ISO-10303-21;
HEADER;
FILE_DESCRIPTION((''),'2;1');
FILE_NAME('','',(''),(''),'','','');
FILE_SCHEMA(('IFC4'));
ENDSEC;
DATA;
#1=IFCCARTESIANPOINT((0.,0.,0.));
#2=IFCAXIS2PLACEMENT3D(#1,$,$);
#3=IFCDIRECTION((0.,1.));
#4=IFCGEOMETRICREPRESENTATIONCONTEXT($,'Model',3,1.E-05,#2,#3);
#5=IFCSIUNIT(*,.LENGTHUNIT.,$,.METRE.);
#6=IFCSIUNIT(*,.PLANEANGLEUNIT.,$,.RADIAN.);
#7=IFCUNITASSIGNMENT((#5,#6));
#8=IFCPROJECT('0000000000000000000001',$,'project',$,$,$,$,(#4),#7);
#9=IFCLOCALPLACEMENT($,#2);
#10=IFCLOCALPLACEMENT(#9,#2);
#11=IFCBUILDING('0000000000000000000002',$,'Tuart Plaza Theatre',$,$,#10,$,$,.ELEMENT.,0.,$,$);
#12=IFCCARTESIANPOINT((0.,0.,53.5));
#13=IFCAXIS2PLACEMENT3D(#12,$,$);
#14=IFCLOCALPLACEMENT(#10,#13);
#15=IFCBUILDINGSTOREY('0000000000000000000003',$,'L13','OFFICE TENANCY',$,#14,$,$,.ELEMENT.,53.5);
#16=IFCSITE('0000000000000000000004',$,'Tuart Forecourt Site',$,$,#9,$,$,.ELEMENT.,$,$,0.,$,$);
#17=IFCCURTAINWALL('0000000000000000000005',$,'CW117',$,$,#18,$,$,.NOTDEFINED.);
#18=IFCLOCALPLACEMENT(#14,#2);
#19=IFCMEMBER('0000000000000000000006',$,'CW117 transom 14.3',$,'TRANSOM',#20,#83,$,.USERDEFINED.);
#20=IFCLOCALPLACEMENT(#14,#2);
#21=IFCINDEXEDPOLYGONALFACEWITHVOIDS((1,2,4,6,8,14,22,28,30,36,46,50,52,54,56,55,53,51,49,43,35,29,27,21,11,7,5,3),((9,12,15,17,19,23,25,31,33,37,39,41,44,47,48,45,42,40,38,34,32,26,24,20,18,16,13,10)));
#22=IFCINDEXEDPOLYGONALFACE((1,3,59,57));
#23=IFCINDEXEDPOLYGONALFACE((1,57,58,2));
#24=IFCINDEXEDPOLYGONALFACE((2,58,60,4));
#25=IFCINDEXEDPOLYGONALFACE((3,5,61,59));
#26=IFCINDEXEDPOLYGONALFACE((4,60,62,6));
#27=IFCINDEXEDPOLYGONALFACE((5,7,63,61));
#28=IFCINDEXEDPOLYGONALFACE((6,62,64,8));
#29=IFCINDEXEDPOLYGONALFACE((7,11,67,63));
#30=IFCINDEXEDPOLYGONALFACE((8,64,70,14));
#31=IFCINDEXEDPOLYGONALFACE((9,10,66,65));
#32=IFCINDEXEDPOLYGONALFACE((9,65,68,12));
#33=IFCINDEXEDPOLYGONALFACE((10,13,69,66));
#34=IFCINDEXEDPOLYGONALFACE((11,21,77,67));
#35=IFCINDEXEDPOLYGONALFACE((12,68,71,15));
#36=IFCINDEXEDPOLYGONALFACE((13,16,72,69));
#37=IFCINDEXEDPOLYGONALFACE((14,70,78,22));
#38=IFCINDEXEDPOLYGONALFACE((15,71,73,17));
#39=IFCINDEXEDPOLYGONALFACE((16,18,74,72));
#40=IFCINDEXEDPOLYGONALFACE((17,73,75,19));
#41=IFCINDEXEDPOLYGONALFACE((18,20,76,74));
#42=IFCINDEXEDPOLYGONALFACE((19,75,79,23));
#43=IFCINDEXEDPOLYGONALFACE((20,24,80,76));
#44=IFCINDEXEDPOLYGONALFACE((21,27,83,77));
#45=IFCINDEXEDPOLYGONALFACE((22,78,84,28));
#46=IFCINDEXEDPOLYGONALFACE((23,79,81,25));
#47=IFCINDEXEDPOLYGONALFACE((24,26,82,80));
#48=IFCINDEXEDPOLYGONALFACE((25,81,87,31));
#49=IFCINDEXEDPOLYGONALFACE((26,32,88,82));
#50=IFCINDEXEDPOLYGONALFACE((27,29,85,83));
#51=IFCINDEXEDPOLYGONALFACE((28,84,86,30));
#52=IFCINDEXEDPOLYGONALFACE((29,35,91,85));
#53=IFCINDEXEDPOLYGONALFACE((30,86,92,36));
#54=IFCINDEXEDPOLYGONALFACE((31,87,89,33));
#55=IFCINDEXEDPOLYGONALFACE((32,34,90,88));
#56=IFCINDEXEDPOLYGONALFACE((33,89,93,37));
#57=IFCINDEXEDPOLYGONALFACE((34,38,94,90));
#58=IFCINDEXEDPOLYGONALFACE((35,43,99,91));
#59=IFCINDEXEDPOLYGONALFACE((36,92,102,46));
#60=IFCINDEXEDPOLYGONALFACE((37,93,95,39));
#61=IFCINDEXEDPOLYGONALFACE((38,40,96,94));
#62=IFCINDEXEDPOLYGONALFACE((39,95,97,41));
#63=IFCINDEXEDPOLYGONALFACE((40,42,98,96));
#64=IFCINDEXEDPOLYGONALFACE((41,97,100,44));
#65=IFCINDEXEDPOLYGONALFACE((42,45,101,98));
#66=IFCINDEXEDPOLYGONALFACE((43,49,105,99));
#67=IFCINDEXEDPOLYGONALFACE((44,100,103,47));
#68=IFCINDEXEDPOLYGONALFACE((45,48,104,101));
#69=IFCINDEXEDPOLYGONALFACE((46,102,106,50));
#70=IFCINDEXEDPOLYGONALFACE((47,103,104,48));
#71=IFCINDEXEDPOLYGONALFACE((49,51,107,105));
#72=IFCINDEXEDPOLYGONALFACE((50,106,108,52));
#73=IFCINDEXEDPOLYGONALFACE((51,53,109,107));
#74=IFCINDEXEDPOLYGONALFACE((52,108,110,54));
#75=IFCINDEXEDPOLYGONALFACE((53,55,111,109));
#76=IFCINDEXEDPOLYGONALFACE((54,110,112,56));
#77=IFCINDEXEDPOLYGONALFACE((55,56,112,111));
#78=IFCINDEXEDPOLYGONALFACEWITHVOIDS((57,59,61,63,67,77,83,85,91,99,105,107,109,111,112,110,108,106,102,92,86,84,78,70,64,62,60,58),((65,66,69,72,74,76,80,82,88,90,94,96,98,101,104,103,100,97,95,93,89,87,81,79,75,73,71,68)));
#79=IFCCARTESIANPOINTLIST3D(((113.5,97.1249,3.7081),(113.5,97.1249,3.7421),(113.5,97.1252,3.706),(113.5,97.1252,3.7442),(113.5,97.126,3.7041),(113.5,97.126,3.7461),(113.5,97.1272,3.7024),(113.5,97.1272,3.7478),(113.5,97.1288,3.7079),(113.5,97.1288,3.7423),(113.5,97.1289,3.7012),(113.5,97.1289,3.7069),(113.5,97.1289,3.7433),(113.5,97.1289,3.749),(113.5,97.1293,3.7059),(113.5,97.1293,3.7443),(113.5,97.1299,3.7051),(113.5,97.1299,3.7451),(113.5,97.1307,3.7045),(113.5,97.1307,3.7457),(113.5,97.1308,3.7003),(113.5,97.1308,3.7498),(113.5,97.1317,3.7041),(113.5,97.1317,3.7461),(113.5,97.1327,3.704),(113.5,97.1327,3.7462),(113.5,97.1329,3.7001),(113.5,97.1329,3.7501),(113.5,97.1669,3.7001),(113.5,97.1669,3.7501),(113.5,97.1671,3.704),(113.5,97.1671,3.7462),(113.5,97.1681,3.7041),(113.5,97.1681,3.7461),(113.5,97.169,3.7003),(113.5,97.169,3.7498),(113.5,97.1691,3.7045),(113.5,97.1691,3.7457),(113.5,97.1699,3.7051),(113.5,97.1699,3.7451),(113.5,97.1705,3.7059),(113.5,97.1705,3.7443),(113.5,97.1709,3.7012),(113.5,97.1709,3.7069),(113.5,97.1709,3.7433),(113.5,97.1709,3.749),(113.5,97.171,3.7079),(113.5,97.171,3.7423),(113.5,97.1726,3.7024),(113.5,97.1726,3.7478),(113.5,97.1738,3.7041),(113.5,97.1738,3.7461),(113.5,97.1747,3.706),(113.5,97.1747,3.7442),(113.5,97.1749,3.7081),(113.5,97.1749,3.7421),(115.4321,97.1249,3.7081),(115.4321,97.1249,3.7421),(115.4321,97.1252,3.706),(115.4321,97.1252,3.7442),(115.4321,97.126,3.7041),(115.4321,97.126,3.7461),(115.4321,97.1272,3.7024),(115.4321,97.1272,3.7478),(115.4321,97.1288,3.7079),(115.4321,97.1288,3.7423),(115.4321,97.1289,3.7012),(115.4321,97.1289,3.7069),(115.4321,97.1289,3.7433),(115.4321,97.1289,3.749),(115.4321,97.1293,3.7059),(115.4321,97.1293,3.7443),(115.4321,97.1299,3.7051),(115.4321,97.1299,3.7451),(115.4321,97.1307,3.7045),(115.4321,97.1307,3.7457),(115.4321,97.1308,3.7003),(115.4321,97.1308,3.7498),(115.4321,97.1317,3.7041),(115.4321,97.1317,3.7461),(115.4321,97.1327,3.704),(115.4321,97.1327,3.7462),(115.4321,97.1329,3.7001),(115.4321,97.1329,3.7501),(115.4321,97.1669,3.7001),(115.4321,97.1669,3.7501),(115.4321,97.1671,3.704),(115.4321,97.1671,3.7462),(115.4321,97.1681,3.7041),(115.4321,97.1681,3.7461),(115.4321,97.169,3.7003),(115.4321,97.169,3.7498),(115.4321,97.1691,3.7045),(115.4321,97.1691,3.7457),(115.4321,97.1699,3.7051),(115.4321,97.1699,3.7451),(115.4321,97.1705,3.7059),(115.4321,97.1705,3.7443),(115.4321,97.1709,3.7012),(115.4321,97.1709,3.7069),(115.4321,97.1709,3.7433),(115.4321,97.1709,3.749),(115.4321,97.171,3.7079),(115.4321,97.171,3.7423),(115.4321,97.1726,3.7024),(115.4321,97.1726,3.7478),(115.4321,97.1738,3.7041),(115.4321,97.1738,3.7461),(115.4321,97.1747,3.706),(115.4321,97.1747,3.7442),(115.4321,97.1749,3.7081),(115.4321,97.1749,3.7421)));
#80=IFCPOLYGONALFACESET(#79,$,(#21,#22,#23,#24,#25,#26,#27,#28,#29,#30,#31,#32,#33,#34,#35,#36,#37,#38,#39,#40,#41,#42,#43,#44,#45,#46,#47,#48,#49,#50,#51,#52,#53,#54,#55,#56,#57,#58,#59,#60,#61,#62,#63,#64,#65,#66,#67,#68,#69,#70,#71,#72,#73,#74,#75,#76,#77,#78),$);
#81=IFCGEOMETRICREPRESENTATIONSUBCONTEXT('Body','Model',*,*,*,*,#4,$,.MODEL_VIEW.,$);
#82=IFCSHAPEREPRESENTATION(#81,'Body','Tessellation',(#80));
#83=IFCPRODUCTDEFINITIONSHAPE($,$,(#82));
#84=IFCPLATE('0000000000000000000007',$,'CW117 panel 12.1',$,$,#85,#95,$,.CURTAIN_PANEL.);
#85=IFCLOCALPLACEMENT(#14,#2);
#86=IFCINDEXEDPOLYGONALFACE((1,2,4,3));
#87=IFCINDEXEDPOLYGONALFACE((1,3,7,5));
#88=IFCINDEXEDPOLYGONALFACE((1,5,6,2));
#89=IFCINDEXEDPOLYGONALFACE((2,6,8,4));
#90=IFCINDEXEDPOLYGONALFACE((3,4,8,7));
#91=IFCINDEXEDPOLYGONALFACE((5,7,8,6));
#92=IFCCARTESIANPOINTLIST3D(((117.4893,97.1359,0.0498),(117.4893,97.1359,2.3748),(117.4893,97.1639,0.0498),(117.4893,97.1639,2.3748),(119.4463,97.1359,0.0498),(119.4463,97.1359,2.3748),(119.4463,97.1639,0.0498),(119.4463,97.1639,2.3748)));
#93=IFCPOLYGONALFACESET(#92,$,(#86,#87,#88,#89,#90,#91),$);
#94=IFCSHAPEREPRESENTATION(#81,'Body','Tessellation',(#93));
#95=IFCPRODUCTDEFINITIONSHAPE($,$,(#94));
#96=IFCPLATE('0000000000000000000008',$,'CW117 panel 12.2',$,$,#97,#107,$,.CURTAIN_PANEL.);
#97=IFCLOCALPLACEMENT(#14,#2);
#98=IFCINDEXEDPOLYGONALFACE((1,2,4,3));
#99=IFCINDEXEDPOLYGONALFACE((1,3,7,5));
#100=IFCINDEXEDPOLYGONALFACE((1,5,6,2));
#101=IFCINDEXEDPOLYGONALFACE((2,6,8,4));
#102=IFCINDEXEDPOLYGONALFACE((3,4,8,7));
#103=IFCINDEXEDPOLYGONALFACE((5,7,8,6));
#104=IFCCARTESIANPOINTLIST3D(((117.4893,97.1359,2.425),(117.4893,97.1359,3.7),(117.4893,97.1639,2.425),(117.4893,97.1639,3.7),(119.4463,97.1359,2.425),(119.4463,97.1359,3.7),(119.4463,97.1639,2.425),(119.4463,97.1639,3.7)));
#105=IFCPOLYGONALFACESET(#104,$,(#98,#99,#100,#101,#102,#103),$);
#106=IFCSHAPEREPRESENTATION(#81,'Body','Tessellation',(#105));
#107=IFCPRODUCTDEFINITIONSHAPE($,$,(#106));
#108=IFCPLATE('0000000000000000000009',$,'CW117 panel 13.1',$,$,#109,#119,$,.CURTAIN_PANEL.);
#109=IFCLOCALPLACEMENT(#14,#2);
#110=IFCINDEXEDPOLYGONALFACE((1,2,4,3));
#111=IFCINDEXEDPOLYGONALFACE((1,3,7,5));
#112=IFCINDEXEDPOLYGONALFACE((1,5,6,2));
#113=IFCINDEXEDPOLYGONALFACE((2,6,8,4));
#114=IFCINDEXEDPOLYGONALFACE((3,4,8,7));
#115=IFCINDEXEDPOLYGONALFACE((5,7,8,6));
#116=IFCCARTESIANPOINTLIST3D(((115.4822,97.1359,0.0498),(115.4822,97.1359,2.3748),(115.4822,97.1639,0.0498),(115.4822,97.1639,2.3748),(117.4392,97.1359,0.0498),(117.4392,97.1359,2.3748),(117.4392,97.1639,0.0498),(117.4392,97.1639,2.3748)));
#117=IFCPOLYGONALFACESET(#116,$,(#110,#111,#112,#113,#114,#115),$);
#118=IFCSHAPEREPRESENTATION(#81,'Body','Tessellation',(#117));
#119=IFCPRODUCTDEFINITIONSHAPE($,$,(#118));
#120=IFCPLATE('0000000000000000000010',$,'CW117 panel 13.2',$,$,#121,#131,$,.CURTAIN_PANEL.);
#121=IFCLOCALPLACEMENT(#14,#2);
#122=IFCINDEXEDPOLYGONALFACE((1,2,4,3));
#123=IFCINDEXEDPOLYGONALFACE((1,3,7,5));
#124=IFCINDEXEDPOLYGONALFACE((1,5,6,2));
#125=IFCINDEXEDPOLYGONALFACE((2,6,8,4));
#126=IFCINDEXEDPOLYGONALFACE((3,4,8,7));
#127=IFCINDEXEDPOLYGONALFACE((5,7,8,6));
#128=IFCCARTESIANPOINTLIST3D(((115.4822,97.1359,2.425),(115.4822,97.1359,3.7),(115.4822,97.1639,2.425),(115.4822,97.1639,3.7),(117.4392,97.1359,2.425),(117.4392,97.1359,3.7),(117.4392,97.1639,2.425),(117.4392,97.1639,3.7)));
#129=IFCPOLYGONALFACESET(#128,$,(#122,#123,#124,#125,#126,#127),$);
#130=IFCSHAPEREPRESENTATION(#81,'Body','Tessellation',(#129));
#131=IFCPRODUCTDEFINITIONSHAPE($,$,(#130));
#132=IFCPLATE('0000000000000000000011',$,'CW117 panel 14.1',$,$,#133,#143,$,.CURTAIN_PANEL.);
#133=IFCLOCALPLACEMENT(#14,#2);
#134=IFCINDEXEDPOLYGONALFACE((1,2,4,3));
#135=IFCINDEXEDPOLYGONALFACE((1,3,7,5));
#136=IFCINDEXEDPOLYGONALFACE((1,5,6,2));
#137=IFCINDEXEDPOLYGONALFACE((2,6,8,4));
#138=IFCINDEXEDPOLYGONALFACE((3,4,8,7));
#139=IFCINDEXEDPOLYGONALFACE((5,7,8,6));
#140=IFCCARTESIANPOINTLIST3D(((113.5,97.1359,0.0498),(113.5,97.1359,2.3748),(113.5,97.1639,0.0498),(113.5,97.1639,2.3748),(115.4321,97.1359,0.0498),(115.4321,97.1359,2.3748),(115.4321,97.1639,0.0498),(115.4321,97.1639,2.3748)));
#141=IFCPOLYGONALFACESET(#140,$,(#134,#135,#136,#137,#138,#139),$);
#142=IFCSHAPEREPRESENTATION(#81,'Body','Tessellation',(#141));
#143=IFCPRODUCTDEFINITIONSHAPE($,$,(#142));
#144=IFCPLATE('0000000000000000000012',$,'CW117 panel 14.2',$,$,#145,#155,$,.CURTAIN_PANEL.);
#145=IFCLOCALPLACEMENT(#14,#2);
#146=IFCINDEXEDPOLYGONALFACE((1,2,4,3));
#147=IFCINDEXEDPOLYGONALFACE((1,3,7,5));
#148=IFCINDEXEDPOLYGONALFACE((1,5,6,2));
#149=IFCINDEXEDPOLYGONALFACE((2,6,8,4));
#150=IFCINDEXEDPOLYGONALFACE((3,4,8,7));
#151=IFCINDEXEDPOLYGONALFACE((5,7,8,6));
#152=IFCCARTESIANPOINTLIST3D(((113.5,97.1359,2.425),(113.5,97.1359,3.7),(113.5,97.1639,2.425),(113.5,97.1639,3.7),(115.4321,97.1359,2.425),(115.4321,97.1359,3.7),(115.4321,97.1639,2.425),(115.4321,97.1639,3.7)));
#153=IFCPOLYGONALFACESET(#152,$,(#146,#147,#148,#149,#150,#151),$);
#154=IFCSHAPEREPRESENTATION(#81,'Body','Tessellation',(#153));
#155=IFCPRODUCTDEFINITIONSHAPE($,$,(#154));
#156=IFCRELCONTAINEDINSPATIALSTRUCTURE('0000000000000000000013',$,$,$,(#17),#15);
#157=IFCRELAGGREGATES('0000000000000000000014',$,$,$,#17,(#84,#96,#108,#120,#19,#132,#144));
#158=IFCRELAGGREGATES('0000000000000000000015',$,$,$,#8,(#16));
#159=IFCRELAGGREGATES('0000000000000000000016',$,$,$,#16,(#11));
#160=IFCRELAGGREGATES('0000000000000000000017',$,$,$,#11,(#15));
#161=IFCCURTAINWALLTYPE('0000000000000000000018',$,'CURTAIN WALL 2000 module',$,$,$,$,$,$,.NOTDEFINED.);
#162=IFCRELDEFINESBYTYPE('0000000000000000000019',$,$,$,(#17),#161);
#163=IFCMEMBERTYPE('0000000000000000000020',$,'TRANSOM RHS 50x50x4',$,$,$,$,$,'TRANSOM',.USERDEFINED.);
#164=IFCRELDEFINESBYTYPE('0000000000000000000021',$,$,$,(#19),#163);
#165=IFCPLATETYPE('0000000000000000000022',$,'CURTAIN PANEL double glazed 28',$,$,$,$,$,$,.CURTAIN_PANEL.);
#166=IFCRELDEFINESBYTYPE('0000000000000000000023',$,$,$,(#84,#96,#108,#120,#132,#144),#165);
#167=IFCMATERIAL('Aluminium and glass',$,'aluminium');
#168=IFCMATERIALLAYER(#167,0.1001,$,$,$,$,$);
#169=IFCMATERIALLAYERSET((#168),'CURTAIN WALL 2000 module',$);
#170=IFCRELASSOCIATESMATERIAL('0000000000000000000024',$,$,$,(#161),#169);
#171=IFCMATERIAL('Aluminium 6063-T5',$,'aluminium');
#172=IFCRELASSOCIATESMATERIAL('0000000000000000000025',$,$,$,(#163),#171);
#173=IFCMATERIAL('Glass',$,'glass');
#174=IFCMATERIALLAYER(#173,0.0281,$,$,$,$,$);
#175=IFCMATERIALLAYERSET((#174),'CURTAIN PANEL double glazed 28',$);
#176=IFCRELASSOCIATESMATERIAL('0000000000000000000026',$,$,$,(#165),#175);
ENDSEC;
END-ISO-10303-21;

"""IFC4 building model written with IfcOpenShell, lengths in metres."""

from ifc_helpers import new_model, si_unit, direction, frame, origin, origin_2d, place, context, subcontext, project, spatial, rectangle, hollow_rectangle, extrude, material, layer, layer_set, material_profile, profile_set, type_object, element, aggregate, save


model = new_model("IFC4")

# Units and contexts
model_context = context("Model", 3, precision=1e-05, world=origin(), true_north=direction((0.0, 1.0)))
body_context = subcontext(model_context, "Body", "Model", "MODEL_VIEW")
ifc_project = project(units=[si_unit("LENGTHUNIT", "METRE"), si_unit("PLANEANGLEUNIT", "RADIAN")], contexts=[model_context])

# Site, building, storey
site_placement = place(None, origin())
site = spatial("IfcSite", under=ifc_project, at=site_placement, Name="Tuart Forecourt Site", CompositionType="ELEMENT", RefElevation=0.0)
building_placement = place(site_placement, origin())
building = spatial("IfcBuilding", under=site, at=building_placement, Name="Tuart Plaza Theatre", CompositionType="ELEMENT", ElevationOfRefHeight=0.0)
storey_placement = place(building_placement, frame((0.0, 0.0, 53.5)))
storey = spatial("IfcBuildingStorey", under=building, at=storey_placement, Name="L13", Description="OFFICE TENANCY", CompositionType="ELEMENT", Elevation=53.5)

# Curtain wall, member, plates
ifc_material_1 = material(Name="Aluminium and glass", Category="aluminium")
ifc_layer_1 = layer(ifc_material_1, 0.1001)
ifc_layer_set_1 = layer_set([ifc_layer_1], Name="CURTAIN WALL 2000 module")
curtain_wall_type = type_object("IfcCurtainWallType", Name="CURTAIN WALL 2000 module", PredefinedType="NOTDEFINED", material=ifc_layer_set_1)
curtain_wall_placement = place(storey_placement, origin())
curtain_wall = element("IfcCurtainWall", 1, at=curtain_wall_placement, inside=storey, type_object=curtain_wall_type, Name="CW117", PredefinedType="NOTDEFINED")
ifc_material_2 = material(Name="Aluminium 6063-T5", Category="aluminium")
ifc_material_profile_1 = material_profile(ifc_material_2, hollow_rectangle(XDim=0.05, YDim=0.05, WallThickness=0.0039, InnerFilletRadius=0.0039, OuterFilletRadius=0.0081, at=origin_2d()), Name="RHS 50x50x4")
ifc_profile_set_1 = profile_set([ifc_material_profile_1], Name="Aluminium 6063-T5")
member_type_1 = type_object("IfcMemberType", Name="TRANSOM RHS 50x50x4", ElementType="TRANSOM", PredefinedType="USERDEFINED", material=ifc_profile_set_1)
member_1_placement = place(storey_placement, frame((115.4321, 97.1499, 3.7251), z_axis=(-1.0, 0.0, 0.0), x_axis=(0.0, -1.0, 0.0)))
member_1 = element("IfcMember", 2, at=member_1_placement, type_object=member_type_1, Name="CW117 transom 14.3", ObjectType="TRANSOM", PredefinedType="USERDEFINED", context=body_context, shape_type="SweptSolid", body=[
    extrude(hollow_rectangle(XDim=0.05, YDim=0.05, WallThickness=0.0039, InnerFilletRadius=0.0039, OuterFilletRadius=0.0081, at=origin_2d()), origin(), (0.0, 0.0, 1.0), 1.9321),
])
ifc_material_3 = material(Name="Glass", Category="glass")
ifc_layer_2 = layer(ifc_material_3, 0.0281)
ifc_layer_set_2 = layer_set([ifc_layer_2], Name="CURTAIN PANEL double glazed 28")
plate_type = type_object("IfcPlateType", Name="CURTAIN PANEL double glazed 28", PredefinedType="CURTAIN_PANEL", material=ifc_layer_set_2)
plate_1_placement = place(storey_placement, frame((118.4678, 97.1499, 0.0498), z_axis=(0.0, 0.0, 1.0), x_axis=(-1.0, 0.0, 0.0)))
plate_1 = element("IfcPlate", 3, at=plate_1_placement, type_object=plate_type, Name="CW117 panel 12.1", PredefinedType="CURTAIN_PANEL", context=body_context, shape_type="SweptSolid", body=[
    extrude(rectangle(XDim=1.957, YDim=0.0281, at=origin_2d()), origin(), (0.0, 0.0, 1.0), 2.325),
])
plate_2_placement = place(storey_placement, frame((118.4678, 97.1499, 2.425), z_axis=(0.0, 0.0, 1.0), x_axis=(-1.0, 0.0, 0.0)))
plate_2 = element("IfcPlate", 4, at=plate_2_placement, type_object=plate_type, Name="CW117 panel 12.2", PredefinedType="CURTAIN_PANEL", context=body_context, shape_type="SweptSolid", body=[
    extrude(rectangle(XDim=1.957, YDim=0.0281, at=origin_2d()), origin(), (0.0, 0.0, 1.0), 1.2749),
])
plate_3_placement = place(storey_placement, frame((116.4607, 97.1499, 0.0498), z_axis=(0.0, 0.0, 1.0), x_axis=(-1.0, 0.0, 0.0)))
plate_3 = element("IfcPlate", 5, at=plate_3_placement, type_object=plate_type, Name="CW117 panel 13.1", PredefinedType="CURTAIN_PANEL", context=body_context, shape_type="SweptSolid", body=[
    extrude(rectangle(XDim=1.957, YDim=0.0281, at=origin_2d()), origin(), (0.0, 0.0, 1.0), 2.325),
])
plate_4_placement = place(storey_placement, frame((116.4607, 97.1499, 2.425), z_axis=(0.0, 0.0, 1.0), x_axis=(-1.0, 0.0, 0.0)))
plate_4 = element("IfcPlate", 6, at=plate_4_placement, type_object=plate_type, Name="CW117 panel 13.2", PredefinedType="CURTAIN_PANEL", context=body_context, shape_type="SweptSolid", body=[
    extrude(rectangle(XDim=1.957, YDim=0.0281, at=origin_2d()), origin(), (0.0, 0.0, 1.0), 1.2749),
])
plate_5_placement = place(storey_placement, frame((114.4661, 97.1499, 0.0498), z_axis=(0.0, 0.0, 1.0), x_axis=(-1.0, 0.0, 0.0)))
plate_5 = element("IfcPlate", 7, at=plate_5_placement, type_object=plate_type, Name="CW117 panel 14.1", PredefinedType="CURTAIN_PANEL", context=body_context, shape_type="SweptSolid", body=[
    extrude(rectangle(XDim=1.9321, YDim=0.0281, at=origin_2d()), origin(), (0.0, 0.0, 1.0), 2.325),
])
plate_6_placement = place(storey_placement, frame((114.4661, 97.1499, 2.425), z_axis=(0.0, 0.0, 1.0), x_axis=(-1.0, 0.0, 0.0)))
plate_6 = element("IfcPlate", 8, at=plate_6_placement, type_object=plate_type, Name="CW117 panel 14.2", PredefinedType="CURTAIN_PANEL", context=body_context, shape_type="SweptSolid", body=[
    extrude(rectangle(XDim=1.9321, YDim=0.0281, at=origin_2d()), origin(), (0.0, 0.0, 1.0), 1.2749),
])
aggregate(curtain_wall, [plate_1, plate_2, plate_3, plate_4, member_1, plate_5, plate_6])

save(model, "model.ifc")
